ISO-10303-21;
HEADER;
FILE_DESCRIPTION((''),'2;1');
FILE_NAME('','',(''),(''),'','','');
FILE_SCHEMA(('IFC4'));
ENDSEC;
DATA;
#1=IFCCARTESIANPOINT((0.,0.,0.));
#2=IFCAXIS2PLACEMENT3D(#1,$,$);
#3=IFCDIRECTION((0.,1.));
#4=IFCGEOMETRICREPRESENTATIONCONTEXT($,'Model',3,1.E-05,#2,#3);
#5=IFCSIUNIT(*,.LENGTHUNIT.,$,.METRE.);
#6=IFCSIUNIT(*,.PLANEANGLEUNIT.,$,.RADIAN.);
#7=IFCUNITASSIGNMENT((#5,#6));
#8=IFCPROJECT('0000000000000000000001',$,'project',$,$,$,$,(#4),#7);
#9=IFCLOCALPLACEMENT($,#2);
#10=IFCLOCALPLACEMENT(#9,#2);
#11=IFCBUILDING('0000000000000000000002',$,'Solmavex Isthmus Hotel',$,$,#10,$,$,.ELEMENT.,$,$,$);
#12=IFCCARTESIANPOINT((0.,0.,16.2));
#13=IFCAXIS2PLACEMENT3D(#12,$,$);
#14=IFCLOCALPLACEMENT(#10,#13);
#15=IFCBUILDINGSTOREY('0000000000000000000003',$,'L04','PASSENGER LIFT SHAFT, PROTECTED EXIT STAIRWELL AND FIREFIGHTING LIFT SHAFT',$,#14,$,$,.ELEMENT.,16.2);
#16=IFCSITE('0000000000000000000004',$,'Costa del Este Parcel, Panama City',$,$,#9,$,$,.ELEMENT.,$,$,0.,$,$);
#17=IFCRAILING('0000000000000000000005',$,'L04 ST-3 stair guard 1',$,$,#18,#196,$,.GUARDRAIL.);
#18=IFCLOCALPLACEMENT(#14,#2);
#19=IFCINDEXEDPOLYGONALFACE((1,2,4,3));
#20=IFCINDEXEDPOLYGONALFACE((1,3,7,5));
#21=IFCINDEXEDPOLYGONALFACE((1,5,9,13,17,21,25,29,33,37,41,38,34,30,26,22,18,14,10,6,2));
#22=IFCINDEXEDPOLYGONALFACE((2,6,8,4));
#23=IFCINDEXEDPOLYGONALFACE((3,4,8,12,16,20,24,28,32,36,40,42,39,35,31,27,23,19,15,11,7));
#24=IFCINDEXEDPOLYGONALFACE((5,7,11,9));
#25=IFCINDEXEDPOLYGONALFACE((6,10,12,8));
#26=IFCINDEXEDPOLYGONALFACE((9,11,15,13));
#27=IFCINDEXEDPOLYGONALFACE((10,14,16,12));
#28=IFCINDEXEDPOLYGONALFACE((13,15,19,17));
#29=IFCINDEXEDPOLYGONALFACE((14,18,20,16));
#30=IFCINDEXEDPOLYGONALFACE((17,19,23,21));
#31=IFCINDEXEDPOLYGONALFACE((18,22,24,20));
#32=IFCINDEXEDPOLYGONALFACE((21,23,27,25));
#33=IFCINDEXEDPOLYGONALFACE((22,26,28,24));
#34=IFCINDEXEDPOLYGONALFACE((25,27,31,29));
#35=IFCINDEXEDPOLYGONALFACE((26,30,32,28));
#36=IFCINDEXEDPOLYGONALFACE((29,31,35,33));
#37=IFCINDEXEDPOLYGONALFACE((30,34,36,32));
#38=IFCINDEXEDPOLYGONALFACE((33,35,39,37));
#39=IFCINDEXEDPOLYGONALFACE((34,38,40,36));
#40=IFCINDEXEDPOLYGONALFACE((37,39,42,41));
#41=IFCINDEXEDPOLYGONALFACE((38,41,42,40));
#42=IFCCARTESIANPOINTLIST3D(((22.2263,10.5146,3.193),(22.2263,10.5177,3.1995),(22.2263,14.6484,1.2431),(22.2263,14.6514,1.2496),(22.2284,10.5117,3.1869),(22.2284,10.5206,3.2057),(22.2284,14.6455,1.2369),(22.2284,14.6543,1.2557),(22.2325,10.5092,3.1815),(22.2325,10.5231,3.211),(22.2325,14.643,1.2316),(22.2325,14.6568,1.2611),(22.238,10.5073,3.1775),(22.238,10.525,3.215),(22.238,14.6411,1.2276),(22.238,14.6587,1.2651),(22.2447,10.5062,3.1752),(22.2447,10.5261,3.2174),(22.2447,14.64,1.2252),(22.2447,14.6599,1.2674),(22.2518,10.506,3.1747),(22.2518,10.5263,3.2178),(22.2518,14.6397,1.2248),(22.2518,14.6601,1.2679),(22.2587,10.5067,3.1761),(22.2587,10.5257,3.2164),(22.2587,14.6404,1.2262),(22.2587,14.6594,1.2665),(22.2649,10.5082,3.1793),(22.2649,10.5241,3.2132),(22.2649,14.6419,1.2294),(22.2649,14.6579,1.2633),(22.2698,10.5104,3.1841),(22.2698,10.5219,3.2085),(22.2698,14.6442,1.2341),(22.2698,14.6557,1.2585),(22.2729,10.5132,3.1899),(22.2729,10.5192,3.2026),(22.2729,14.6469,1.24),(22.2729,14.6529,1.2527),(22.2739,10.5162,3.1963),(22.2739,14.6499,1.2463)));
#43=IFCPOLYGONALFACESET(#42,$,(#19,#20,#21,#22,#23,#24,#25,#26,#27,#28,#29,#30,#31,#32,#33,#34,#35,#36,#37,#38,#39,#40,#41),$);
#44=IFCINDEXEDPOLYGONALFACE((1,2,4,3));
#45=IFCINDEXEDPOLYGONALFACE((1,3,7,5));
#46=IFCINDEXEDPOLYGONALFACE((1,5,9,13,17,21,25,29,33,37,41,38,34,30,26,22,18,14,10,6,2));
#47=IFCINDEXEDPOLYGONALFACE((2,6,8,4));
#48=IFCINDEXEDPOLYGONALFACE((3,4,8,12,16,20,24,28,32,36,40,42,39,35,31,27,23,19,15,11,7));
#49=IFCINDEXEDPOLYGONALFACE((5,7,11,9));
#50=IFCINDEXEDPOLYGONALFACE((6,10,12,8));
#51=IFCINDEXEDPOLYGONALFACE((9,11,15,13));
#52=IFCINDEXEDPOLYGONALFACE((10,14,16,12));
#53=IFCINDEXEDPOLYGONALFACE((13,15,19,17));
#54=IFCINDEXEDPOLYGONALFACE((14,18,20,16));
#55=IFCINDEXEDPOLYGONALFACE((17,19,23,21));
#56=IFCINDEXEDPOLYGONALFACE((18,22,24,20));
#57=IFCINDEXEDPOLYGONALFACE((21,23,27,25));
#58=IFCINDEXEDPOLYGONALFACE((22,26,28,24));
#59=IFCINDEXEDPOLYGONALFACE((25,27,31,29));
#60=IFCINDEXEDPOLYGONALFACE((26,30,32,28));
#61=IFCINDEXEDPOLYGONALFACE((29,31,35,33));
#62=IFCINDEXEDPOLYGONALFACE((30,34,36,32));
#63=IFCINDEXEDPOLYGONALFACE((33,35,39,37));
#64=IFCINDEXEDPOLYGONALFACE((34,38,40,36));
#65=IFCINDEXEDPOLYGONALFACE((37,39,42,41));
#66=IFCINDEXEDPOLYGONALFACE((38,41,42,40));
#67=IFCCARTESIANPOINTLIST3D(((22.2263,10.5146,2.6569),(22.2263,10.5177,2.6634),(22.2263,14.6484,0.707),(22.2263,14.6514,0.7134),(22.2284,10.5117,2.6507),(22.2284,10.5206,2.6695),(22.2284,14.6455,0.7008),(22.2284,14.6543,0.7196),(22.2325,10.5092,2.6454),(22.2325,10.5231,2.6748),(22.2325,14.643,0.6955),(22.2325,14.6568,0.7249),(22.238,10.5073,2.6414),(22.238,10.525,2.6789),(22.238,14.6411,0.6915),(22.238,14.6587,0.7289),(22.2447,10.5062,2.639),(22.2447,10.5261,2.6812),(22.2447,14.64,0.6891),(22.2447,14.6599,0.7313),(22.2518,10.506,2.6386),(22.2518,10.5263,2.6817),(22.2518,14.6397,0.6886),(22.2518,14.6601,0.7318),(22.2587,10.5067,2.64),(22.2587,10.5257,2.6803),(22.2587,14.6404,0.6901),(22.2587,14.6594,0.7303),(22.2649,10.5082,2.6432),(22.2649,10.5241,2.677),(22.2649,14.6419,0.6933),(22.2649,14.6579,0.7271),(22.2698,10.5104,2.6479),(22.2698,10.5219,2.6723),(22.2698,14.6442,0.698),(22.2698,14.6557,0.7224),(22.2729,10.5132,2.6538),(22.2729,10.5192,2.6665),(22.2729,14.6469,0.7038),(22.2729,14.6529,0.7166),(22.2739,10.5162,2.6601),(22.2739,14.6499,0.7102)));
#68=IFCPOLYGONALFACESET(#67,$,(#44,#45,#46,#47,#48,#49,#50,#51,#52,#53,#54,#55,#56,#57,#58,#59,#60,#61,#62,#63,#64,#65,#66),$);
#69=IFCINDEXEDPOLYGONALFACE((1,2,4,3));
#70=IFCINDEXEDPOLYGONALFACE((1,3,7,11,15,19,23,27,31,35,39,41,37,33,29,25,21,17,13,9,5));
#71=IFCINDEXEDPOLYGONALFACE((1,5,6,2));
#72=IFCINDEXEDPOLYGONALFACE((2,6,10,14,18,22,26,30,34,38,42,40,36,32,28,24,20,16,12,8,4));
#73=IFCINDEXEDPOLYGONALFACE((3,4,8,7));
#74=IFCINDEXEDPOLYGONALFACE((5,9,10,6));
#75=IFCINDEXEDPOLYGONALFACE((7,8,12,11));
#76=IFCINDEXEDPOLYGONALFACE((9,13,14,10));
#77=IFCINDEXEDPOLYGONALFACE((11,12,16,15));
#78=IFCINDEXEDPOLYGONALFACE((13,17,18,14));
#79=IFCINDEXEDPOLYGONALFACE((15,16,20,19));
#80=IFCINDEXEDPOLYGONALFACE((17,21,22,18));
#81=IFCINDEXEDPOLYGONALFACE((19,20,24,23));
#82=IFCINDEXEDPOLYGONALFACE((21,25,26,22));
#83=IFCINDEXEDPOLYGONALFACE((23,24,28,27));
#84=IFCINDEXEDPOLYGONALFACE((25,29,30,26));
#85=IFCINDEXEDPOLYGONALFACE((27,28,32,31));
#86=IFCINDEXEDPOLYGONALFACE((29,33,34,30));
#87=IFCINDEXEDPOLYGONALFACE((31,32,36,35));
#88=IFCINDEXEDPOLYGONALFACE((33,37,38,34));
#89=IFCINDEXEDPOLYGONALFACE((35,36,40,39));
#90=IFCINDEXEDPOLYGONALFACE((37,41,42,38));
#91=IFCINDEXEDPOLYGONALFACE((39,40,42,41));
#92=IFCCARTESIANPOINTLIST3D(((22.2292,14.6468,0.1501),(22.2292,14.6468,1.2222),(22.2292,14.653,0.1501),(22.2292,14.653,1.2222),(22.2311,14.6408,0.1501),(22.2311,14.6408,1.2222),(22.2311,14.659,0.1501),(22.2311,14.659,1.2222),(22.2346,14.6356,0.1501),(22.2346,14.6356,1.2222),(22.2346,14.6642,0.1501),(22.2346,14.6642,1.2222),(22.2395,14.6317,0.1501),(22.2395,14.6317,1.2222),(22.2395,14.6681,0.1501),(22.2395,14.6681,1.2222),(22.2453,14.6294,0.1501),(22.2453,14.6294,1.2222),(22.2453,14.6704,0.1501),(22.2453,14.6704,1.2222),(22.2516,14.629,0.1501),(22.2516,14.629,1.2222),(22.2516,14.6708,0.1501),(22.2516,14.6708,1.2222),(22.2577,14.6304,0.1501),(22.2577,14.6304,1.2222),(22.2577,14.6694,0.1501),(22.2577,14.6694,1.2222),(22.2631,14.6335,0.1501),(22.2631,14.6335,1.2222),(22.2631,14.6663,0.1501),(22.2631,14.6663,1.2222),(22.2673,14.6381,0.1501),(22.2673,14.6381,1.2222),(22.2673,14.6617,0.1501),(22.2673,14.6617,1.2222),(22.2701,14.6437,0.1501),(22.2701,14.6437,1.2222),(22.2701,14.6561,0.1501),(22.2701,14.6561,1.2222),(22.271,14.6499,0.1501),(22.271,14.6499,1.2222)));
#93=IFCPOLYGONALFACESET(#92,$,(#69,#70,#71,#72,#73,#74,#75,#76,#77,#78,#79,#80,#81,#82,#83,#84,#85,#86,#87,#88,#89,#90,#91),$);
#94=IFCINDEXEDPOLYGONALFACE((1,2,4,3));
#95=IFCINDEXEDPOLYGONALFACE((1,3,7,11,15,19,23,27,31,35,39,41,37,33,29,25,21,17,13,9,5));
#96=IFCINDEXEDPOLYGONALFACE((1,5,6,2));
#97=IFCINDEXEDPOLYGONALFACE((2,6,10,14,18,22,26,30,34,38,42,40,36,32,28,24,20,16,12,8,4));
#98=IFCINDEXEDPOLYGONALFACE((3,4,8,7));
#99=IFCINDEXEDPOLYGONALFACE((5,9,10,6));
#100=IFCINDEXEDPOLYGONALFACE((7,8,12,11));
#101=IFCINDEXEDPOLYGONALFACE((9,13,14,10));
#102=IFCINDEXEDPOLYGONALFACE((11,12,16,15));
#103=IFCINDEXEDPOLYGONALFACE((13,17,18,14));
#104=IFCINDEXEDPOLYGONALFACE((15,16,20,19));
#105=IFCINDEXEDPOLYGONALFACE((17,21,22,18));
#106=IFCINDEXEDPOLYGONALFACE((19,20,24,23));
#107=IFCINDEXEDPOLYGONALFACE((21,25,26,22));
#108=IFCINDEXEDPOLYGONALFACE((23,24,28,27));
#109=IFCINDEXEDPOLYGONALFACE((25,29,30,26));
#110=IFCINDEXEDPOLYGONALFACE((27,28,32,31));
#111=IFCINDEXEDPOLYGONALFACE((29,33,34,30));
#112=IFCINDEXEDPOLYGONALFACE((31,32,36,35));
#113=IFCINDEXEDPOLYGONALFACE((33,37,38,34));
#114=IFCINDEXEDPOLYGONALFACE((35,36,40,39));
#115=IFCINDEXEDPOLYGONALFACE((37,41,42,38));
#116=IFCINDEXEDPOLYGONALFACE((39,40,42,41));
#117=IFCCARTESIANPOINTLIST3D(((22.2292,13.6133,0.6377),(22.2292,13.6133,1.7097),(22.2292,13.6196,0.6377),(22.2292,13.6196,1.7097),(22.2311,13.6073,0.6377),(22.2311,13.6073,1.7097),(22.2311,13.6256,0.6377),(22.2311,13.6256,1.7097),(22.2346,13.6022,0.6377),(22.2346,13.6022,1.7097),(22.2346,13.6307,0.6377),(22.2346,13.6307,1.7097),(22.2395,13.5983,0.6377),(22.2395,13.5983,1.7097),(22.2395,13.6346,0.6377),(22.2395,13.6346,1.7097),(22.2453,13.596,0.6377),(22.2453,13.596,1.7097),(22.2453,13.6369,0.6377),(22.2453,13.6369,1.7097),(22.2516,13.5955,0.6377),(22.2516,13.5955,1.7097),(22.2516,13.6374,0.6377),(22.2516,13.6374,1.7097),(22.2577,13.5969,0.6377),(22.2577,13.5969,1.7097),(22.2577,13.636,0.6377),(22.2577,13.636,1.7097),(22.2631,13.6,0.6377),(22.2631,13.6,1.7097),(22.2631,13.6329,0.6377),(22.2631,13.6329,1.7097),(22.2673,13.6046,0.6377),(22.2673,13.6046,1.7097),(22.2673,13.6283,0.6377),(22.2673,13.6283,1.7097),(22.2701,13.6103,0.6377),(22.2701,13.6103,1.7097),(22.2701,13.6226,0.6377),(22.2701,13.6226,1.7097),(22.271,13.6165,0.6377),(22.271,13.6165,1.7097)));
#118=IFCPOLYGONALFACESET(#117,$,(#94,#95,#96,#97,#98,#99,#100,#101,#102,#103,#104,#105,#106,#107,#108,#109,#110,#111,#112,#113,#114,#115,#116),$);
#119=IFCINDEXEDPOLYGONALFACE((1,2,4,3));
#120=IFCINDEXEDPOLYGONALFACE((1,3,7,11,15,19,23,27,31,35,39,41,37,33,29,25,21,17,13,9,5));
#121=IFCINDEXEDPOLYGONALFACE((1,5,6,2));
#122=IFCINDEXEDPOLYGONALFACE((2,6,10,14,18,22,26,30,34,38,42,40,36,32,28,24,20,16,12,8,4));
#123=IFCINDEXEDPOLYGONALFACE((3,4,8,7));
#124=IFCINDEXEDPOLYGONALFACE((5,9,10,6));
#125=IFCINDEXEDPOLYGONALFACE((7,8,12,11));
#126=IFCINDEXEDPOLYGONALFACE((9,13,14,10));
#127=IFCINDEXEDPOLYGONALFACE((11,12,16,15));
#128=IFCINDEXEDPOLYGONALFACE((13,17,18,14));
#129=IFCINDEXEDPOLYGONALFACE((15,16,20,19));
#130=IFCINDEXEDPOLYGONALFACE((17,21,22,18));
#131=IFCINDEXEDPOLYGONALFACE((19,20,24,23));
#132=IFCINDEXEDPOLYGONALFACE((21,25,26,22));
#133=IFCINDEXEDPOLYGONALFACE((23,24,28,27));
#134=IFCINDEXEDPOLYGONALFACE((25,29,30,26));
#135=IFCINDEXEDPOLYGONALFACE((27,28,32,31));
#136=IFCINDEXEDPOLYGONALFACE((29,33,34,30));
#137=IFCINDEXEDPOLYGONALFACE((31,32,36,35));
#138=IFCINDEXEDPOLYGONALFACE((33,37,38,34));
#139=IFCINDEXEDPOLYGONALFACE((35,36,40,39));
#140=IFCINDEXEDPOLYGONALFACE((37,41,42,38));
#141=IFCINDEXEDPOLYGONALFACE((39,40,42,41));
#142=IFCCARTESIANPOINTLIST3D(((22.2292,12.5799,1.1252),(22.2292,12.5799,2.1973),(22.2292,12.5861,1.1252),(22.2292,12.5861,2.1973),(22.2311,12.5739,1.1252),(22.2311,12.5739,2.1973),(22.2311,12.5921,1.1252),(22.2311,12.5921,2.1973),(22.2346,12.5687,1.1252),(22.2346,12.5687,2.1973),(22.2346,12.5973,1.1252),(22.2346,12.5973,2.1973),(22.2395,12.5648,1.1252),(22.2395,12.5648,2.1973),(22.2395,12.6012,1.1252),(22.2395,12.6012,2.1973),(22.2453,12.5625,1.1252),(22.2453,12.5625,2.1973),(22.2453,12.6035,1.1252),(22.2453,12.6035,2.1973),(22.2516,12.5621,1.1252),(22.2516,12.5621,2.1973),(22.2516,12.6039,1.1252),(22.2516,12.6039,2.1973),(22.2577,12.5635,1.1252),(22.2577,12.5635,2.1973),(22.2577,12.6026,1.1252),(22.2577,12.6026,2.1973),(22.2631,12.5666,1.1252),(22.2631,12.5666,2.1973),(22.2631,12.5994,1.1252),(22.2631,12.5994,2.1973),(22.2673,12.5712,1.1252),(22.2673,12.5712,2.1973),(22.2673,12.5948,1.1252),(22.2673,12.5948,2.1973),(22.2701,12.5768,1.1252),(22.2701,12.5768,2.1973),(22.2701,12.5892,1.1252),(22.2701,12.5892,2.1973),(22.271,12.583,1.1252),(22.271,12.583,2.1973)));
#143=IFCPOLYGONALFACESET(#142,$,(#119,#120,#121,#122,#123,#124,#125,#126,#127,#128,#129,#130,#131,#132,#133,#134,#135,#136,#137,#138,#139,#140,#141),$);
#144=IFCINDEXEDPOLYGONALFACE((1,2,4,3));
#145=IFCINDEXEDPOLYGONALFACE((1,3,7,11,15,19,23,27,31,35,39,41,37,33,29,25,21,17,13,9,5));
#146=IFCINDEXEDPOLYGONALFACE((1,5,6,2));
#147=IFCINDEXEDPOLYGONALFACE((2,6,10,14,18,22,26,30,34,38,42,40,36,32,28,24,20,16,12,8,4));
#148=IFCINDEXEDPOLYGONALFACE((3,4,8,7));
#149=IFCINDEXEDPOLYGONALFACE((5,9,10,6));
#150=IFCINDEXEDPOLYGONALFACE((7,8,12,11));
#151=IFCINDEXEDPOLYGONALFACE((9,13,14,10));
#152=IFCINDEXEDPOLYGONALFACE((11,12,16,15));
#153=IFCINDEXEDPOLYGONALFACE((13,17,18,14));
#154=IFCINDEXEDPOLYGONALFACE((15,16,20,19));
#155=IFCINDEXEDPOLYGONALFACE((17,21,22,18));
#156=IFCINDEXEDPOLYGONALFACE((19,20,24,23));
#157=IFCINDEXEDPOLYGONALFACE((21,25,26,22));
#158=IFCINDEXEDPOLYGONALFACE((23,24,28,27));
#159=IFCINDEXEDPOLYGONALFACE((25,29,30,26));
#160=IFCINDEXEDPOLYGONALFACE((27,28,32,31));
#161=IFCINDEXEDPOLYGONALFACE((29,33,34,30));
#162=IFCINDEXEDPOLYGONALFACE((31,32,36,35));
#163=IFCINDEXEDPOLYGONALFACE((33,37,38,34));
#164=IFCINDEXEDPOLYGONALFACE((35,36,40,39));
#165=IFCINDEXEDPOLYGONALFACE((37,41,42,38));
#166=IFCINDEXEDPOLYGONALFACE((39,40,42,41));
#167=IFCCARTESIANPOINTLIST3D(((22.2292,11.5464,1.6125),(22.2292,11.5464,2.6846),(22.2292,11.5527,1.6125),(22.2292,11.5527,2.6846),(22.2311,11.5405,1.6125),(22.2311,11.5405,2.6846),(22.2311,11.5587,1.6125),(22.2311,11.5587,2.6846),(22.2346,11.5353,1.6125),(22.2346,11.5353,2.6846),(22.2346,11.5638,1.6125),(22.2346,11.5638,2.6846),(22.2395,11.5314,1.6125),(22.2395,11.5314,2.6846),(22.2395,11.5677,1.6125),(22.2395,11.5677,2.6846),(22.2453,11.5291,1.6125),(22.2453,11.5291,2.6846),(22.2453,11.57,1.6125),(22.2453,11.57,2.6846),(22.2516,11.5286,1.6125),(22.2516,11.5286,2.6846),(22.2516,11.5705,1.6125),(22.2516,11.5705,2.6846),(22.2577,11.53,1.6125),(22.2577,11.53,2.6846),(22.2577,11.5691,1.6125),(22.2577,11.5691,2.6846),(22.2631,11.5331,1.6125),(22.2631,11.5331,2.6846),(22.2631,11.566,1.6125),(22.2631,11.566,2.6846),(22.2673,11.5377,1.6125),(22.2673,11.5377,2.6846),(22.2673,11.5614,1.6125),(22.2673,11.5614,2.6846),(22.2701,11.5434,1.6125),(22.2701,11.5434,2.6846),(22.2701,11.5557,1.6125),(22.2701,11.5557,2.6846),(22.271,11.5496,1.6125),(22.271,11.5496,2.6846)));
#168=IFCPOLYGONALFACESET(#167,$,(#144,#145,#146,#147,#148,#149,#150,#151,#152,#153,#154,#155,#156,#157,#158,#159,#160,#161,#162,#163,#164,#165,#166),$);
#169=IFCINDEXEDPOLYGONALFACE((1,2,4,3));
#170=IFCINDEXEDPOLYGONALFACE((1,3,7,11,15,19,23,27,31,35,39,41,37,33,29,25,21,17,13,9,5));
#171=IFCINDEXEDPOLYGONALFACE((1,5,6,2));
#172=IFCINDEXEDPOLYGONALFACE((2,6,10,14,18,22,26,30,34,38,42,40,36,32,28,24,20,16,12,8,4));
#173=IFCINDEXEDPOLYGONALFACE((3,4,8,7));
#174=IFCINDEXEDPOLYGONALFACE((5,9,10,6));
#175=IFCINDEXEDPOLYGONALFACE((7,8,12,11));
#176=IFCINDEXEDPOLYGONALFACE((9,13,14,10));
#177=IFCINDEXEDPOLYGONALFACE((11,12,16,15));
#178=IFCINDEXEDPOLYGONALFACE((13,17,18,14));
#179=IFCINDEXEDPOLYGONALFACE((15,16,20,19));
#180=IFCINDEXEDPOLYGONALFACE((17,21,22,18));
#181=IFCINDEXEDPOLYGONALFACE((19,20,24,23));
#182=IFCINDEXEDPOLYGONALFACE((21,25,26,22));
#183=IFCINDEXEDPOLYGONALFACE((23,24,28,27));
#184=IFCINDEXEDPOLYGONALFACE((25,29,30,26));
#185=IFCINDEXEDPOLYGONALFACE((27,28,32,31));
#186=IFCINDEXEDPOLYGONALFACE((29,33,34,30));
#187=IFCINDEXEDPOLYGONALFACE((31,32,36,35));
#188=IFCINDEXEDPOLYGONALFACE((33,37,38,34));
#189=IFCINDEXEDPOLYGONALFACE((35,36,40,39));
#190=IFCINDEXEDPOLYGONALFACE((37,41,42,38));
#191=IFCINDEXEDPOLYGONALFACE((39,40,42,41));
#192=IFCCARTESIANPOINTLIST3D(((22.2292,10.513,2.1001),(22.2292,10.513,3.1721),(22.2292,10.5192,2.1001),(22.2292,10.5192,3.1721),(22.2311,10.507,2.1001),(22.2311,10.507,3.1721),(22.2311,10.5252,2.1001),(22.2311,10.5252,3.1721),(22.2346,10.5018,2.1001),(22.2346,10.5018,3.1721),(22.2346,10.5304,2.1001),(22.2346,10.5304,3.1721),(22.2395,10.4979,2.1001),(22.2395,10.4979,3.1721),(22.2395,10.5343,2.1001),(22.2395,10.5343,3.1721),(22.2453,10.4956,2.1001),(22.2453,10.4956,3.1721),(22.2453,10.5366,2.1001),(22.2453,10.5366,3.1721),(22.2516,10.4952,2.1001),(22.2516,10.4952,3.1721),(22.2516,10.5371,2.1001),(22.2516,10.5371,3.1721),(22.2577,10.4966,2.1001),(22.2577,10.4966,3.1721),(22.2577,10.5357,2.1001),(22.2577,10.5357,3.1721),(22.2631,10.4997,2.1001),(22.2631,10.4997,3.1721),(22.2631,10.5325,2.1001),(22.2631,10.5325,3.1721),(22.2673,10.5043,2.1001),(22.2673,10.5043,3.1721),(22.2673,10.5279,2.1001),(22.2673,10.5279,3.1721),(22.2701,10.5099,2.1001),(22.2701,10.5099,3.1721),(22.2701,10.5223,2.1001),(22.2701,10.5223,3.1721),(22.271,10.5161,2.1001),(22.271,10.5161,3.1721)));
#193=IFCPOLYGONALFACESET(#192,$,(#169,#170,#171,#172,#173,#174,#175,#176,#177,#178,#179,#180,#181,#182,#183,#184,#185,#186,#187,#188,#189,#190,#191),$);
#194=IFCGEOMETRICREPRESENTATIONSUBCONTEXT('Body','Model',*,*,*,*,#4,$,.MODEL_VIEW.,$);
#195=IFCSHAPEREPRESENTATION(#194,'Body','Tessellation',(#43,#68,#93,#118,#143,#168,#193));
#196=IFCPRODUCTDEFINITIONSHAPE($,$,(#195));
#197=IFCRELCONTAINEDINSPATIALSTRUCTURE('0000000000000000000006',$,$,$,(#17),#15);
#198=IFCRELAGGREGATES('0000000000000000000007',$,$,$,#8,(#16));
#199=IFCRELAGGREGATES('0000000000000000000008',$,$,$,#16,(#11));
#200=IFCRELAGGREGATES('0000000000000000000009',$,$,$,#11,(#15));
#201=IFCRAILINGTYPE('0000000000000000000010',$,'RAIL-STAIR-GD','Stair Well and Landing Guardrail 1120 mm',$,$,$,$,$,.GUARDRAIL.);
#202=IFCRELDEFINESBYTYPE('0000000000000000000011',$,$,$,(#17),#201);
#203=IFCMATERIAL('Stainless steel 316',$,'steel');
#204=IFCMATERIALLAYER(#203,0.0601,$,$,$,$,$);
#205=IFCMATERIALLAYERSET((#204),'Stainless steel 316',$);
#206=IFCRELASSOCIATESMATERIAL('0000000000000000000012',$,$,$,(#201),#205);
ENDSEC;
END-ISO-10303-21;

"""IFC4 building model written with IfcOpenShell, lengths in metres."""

from ifc_helpers import new_model, si_unit, direction, frame, origin, origin_2d, place, context, subcontext, project, spatial, circle, extrude, material, layer, layer_set, type_object, element, save


model = new_model("IFC4")

# Units and contexts
model_context = context("Model", 3, precision=1e-05, world=origin(), true_north=direction((0.0, 1.0)))
body_context = subcontext(model_context, "Body", "Model", "MODEL_VIEW")
ifc_project = project(units=[si_unit("LENGTHUNIT", "METRE"), si_unit("PLANEANGLEUNIT", "RADIAN")], contexts=[model_context])

# Site, building, storey
site_placement = place(None, origin())
site = spatial("IfcSite", under=ifc_project, at=site_placement, Name="Costa del Este Parcel, Panama City", CompositionType="ELEMENT", RefElevation=0.0)
building_placement = place(site_placement, origin())
building = spatial("IfcBuilding", under=site, at=building_placement, Name="Solmavex Isthmus Hotel", CompositionType="ELEMENT")
storey_placement = place(building_placement, frame((0.0, 0.0, 16.2)))
storey = spatial("IfcBuildingStorey", under=building, at=storey_placement, Name="L04", Description="PASSENGER LIFT SHAFT, PROTECTED EXIT STAIRWELL AND FIREFIGHTING LIFT SHAFT", CompositionType="ELEMENT", Elevation=16.2)

# Railing
ifc_material_1 = material(Name="Stainless steel 316", Category="steel")
ifc_layer_1 = layer(ifc_material_1, 0.0601)
ifc_layer_set_1 = layer_set([ifc_layer_1], Name="Stainless steel 316")
railing_type_1 = type_object("IfcRailingType", Name="RAIL-STAIR-GD", Description="Stair Well and Landing Guardrail 1120 mm", PredefinedType="GUARDRAIL", material=ifc_layer_set_1)
railing_1_placement = place(storey_placement, frame((22.25, 14.6499, 0.1501)))
element("IfcRailing", 1, at=railing_1_placement, inside=storey, type_object=railing_type_1, Name="L04 ST-3 stair guard 1", PredefinedType="GUARDRAIL", context=body_context, shape_type="SweptSolid", body=[
    extrude(circle(Radius=0.0239, at=origin_2d()), frame((0.0, 0.0, 1.0962), z_axis=(0.0, -0.904427, 0.426628), x_axis=(1.0, 0.0, 0.0)), (0.0, 0.0, 1.0), 4.5706),
    extrude(circle(Radius=0.0239, at=origin_2d()), frame((0.0, 0.0, 0.5601), z_axis=(0.0, -0.904427, 0.426628), x_axis=(1.0, 0.0, 0.0)), (0.0, 0.0, 1.0), 4.5706),
    extrude(circle(Radius=0.021, at=origin_2d()), origin(), (0.0, 0.0, 1.0), 1.072),
    extrude(circle(Radius=0.021, at=origin_2d()), frame((0.0, -1.0334, 0.4875)), (0.0, 0.0, 1.0), 1.072),
    extrude(circle(Radius=0.021, at=origin_2d()), frame((0.0, -2.0669, 0.9751)), (0.0, 0.0, 1.0), 1.072),
    extrude(circle(Radius=0.021, at=origin_2d()), frame((0.0, -3.1003, 1.4624)), (0.0, 0.0, 1.0), 1.072),
    extrude(circle(Radius=0.021, at=origin_2d()), frame((0.0, -4.1338, 1.95)), (0.0, 0.0, 1.0), 1.072),
])

save(model, "model.ifc")
